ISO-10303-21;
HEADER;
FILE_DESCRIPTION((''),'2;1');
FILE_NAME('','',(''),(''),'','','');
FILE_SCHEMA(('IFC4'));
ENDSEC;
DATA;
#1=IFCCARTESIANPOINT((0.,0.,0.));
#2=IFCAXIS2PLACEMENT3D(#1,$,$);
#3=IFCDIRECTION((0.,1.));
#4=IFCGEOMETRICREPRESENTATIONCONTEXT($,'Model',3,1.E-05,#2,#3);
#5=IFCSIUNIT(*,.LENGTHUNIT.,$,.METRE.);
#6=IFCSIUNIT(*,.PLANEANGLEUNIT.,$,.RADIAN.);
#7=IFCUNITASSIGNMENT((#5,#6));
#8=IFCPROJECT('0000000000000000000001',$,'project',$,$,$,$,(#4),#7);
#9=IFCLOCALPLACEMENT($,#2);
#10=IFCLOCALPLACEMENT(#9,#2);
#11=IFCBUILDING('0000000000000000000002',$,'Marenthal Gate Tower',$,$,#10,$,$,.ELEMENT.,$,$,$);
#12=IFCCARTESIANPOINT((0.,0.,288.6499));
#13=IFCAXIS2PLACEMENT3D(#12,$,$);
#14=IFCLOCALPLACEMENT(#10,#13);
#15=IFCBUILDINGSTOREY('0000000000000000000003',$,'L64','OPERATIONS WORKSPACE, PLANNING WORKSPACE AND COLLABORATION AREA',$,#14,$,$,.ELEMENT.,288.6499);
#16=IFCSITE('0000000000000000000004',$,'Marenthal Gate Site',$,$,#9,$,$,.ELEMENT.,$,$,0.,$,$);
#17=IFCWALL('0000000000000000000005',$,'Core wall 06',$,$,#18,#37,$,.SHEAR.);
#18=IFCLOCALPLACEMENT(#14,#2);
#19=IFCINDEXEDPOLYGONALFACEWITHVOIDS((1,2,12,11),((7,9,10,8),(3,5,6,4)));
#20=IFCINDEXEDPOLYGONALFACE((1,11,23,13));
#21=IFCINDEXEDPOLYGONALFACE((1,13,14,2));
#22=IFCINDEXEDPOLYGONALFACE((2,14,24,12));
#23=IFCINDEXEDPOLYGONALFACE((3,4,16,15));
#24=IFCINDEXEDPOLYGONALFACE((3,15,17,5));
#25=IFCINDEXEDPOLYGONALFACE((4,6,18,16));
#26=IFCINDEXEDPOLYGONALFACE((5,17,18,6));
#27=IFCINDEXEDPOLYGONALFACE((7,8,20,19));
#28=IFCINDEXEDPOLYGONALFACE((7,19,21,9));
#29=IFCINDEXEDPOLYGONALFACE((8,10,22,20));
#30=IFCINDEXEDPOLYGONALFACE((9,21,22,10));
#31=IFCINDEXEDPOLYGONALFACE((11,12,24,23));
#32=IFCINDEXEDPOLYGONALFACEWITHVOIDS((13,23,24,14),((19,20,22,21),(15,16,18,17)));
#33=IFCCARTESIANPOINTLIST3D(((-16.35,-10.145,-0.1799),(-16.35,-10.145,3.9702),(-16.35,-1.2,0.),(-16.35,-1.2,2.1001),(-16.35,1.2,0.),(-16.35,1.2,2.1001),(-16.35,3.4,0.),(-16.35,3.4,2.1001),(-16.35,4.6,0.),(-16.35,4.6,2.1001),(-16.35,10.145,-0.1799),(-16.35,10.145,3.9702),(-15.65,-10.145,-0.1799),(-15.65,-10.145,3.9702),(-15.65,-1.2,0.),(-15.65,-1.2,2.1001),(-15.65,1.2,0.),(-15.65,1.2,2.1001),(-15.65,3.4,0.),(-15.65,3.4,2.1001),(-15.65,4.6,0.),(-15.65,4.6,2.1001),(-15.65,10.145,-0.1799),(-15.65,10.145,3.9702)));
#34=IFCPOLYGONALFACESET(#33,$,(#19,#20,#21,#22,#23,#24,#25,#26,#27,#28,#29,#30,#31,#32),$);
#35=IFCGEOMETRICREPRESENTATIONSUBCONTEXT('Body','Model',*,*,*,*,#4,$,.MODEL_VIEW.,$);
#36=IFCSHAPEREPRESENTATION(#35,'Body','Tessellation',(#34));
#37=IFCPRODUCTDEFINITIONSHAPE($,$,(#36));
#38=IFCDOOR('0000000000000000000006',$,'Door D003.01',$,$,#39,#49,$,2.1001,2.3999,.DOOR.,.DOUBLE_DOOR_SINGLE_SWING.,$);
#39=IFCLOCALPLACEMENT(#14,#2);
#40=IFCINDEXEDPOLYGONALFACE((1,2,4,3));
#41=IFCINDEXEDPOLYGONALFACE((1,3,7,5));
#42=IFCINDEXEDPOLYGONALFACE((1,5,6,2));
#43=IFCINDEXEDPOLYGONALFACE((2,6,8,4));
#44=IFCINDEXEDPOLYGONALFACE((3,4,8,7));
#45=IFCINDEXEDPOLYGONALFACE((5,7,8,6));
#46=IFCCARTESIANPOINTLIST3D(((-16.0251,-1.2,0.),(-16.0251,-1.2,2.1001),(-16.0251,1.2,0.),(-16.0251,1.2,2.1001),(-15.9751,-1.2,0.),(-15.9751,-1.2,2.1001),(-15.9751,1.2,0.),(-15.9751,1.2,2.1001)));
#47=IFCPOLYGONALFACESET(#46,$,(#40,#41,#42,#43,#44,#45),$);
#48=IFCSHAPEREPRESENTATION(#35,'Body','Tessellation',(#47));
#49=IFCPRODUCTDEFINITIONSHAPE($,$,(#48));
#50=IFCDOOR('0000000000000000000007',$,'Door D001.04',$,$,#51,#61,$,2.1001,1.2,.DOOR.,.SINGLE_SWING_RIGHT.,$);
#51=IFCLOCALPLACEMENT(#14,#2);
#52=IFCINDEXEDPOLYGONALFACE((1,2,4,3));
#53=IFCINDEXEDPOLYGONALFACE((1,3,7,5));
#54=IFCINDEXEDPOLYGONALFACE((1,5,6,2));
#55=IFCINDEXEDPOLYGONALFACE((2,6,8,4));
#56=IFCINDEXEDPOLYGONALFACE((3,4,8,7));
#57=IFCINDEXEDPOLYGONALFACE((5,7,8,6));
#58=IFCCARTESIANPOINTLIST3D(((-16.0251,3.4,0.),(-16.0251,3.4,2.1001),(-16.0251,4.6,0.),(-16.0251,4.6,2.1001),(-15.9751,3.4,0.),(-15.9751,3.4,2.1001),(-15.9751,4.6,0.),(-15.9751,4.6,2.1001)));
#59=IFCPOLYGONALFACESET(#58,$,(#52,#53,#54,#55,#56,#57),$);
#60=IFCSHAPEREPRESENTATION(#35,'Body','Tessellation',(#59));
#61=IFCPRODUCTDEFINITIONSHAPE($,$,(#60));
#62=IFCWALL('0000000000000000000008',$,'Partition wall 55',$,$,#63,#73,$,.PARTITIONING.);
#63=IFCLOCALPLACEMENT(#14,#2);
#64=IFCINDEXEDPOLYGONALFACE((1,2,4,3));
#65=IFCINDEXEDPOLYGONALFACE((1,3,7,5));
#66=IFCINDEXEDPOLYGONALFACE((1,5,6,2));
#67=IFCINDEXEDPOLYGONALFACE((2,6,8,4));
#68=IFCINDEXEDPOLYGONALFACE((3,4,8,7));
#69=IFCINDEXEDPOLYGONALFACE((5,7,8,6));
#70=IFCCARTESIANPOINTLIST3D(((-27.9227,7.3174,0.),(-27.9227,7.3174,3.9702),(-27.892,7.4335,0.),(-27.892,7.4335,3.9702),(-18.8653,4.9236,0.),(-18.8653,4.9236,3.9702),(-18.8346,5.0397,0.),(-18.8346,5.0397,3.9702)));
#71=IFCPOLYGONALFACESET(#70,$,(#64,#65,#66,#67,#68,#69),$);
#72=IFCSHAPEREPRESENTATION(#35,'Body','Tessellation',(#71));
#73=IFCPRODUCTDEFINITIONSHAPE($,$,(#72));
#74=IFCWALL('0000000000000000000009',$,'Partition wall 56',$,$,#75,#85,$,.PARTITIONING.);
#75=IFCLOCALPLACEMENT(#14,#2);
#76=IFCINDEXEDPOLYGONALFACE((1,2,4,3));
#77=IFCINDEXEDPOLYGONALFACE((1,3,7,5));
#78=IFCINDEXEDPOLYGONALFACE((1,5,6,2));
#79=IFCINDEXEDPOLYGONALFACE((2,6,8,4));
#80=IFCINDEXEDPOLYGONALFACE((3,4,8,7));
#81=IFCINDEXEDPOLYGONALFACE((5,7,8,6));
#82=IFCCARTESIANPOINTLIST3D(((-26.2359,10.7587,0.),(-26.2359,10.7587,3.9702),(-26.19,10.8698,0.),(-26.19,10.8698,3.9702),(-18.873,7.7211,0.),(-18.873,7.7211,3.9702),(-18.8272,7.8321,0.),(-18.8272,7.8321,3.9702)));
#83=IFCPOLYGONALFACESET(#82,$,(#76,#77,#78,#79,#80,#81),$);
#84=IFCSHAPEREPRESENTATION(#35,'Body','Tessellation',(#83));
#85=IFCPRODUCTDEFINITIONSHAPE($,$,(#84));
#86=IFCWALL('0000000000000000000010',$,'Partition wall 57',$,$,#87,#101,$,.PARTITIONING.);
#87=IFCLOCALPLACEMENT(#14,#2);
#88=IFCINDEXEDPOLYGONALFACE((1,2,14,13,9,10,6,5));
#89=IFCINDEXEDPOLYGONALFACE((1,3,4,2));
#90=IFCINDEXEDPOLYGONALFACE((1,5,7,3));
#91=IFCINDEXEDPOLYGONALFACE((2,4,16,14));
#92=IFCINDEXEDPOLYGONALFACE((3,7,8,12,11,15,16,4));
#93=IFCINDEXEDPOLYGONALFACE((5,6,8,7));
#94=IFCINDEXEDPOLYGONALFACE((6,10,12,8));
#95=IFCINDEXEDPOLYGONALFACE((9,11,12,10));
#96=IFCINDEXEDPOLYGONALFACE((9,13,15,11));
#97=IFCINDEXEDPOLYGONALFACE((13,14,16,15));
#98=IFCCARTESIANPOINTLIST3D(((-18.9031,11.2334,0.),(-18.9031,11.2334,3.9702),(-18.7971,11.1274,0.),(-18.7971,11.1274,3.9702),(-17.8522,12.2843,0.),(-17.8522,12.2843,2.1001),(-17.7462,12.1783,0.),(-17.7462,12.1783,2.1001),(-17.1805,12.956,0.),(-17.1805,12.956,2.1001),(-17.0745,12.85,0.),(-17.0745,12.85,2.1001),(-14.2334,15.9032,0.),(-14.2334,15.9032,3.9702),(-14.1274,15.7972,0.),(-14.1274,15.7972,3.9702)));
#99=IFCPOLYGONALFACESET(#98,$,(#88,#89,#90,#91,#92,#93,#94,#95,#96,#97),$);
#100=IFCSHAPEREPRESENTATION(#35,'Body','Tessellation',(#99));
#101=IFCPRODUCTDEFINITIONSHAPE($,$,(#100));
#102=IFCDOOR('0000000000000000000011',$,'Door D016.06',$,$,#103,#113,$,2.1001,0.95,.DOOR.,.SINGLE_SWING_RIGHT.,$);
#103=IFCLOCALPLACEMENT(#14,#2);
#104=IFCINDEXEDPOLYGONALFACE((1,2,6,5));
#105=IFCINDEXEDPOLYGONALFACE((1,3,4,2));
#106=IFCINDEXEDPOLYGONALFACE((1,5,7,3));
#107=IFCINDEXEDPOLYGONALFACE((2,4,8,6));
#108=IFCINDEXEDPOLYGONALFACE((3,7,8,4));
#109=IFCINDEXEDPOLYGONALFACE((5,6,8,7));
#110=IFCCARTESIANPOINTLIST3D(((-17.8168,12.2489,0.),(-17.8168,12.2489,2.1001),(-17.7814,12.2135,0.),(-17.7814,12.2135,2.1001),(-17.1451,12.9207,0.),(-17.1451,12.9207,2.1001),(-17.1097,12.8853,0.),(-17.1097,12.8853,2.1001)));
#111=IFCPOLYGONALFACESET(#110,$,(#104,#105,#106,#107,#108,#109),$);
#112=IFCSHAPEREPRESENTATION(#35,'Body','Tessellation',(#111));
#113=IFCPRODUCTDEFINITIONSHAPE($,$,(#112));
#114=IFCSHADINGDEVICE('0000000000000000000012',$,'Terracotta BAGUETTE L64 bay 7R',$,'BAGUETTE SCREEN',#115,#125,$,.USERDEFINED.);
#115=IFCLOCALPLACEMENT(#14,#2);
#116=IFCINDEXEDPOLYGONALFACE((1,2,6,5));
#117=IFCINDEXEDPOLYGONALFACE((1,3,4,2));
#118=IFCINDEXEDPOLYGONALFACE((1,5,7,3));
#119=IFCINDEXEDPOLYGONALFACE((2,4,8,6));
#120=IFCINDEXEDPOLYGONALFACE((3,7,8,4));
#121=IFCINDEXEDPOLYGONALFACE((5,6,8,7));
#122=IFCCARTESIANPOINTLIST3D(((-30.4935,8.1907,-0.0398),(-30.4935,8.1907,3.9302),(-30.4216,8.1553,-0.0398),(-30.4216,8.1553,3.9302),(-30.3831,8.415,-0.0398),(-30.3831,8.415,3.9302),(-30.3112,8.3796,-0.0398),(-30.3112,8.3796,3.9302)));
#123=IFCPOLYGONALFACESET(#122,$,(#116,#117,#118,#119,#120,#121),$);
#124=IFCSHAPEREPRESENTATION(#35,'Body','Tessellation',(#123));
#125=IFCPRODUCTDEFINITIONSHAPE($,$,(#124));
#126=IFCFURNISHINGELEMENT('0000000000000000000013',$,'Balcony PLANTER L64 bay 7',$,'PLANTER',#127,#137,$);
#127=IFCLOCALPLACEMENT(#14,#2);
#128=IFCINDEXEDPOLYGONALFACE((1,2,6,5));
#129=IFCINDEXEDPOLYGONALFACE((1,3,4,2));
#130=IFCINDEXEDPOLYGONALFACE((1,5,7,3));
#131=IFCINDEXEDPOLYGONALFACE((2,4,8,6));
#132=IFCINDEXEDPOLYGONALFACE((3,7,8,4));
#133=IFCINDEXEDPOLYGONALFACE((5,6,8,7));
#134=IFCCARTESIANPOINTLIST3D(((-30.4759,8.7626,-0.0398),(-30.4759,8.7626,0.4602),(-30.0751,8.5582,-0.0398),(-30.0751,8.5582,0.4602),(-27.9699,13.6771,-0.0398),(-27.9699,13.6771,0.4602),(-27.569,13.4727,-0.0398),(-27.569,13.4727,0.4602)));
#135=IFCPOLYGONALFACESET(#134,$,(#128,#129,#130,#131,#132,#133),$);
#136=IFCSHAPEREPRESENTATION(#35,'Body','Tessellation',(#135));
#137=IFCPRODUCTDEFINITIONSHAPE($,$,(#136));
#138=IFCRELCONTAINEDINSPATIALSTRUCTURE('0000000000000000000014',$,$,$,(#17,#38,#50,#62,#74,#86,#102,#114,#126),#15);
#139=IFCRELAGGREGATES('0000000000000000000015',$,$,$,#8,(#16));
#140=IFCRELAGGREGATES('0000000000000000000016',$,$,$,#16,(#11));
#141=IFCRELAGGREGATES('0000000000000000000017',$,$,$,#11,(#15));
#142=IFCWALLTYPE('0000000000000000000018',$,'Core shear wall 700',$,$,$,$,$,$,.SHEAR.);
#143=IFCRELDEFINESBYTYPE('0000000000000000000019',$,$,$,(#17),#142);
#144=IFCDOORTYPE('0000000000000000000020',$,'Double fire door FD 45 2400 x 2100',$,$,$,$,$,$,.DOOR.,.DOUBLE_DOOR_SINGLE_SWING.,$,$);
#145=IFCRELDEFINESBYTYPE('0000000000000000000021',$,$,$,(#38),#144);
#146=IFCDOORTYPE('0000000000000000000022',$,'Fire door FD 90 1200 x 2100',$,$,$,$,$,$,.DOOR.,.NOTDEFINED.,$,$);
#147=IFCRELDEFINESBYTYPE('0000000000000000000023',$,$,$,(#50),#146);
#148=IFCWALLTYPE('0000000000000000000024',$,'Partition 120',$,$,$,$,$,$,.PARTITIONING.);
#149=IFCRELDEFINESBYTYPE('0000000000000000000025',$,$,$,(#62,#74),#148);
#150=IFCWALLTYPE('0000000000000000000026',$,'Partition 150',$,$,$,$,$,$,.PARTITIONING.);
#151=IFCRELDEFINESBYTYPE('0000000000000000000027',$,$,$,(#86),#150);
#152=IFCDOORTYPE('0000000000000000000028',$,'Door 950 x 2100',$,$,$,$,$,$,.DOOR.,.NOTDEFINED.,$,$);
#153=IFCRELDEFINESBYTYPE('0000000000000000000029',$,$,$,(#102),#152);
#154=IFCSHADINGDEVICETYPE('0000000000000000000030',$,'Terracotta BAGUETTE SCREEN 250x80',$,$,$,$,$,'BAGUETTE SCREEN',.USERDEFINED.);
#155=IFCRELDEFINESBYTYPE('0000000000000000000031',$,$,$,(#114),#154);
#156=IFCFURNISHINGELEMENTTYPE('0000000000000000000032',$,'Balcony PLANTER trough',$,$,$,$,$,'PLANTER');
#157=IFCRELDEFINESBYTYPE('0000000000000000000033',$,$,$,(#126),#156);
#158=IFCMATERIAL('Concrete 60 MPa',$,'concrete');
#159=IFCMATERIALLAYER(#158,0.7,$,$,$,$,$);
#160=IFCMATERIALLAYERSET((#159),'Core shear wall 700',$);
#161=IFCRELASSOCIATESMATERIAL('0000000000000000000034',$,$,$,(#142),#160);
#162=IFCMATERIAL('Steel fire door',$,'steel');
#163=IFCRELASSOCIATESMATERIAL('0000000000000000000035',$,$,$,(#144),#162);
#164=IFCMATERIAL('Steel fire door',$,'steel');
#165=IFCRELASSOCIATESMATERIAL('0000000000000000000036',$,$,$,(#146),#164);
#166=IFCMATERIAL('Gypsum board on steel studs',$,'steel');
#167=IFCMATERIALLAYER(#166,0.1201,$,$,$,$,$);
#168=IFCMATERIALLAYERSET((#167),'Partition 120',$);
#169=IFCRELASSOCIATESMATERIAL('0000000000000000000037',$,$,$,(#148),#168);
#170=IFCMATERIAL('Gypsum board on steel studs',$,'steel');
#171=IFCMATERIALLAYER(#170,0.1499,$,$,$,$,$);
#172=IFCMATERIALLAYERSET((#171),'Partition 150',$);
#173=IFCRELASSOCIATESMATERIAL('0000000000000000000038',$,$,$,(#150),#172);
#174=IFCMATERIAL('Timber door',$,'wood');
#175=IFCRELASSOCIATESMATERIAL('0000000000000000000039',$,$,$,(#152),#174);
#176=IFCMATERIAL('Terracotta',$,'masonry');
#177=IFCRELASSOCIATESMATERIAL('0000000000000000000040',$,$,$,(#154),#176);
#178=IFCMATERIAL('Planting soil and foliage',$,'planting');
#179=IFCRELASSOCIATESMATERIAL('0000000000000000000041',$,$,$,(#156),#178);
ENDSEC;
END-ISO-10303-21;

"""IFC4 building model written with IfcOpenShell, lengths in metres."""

from ifc_helpers import new_model, si_unit, direction, frame, frame_2d, origin, origin_2d, place, context, subcontext, project, spatial, rectangle, extrude, material, layer, layer_set, material_profile, profile_set, type_object, element, fill, save


model = new_model("IFC4")

# Units and contexts
model_context = context("Model", 3, precision=1e-05, world=origin(), true_north=direction((0.0, 1.0)))
body_context = subcontext(model_context, "Body", "Model", "MODEL_VIEW")
ifc_project = project(units=[si_unit("LENGTHUNIT", "METRE"), si_unit("PLANEANGLEUNIT", "RADIAN")], contexts=[model_context])

# Site, building, storey
site_placement = place(None, origin())
site = spatial("IfcSite", under=ifc_project, at=site_placement, Name="Marenthal Gate Site", CompositionType="ELEMENT", RefElevation=0.0)
building_placement = place(site_placement, origin())
building = spatial("IfcBuilding", under=site, at=building_placement, Name="Marenthal Gate Tower", CompositionType="ELEMENT")
storey_placement = place(building_placement, frame((0.0, 0.0, 288.6499)))
storey = spatial("IfcBuildingStorey", under=building, at=storey_placement, Name="L64", Description="OPERATIONS WORKSPACE, PLANNING WORKSPACE AND COLLABORATION AREA", CompositionType="ELEMENT", Elevation=288.6499)

# Wall, openings, doors
ifc_material_1 = material(Name="Concrete 60 MPa", Category="concrete")
ifc_layer_1 = layer(ifc_material_1, 0.7)
ifc_layer_set_1 = layer_set([ifc_layer_1], Name="Core shear wall 700")
wall_type_1 = type_object("IfcWallType", Name="Core shear wall 700", PredefinedType="SHEAR", material=ifc_layer_set_1)
wall_1_placement = place(storey_placement, frame((-16.0, 10.145, -0.1799), z_axis=(0.0, 0.0, 1.0), x_axis=(0.0, -1.0, 0.0)))
wall_1 = element("IfcWall", 1, at=wall_1_placement, inside=storey, type_object=wall_type_1, Name="Core wall 06", PredefinedType="SHEAR", context=body_context, shape_type="SweptSolid", body=[
    extrude(rectangle(XDim=20.29, YDim=0.7, at=frame_2d((10.145, 0.0))), origin(), (0.0, 0.0, 1.0), 4.1501),
])
opening_1_placement = place(wall_1_placement, frame((8.9451, 0.0, 0.1799)))
opening_1 = element("IfcOpeningElement", 2, at=opening_1_placement, cuts=wall_1, PredefinedType="OPENING", context=body_context, shape_type="SweptSolid", body=[
    extrude(rectangle(XDim=2.3999, YDim=2.1001, at=frame_2d((1.2, 1.05))), frame((0.0, 0.3599, 0.0), z_axis=(0.0, -1.0, 0.0), x_axis=(1.0, 0.0, 0.0)), (0.0, 0.0, 1.0), 0.72),
])
opening_2_placement = place(wall_1_placement, frame((5.5449, 0.0, 0.1799)))
opening_2 = element("IfcOpeningElement", 3, at=opening_2_placement, cuts=wall_1, PredefinedType="OPENING", context=body_context, shape_type="SweptSolid", body=[
    extrude(rectangle(XDim=1.2, YDim=2.1001, at=frame_2d((0.6001, 1.05))), frame((0.0, 0.3599, 0.0), z_axis=(0.0, -1.0, 0.0), x_axis=(1.0, 0.0, 0.0)), (0.0, 0.0, 1.0), 0.72),
])
ifc_material_2 = material(Name="Steel fire door", Category="steel")
door_type_1 = type_object("IfcDoorType", Name="Double fire door FD 45 2400 x 2100", OperationType="DOUBLE_DOOR_SINGLE_SWING", PredefinedType="DOOR", material=ifc_material_2)
door_1_placement = place(opening_1_placement, origin())
door_1 = element("IfcDoor", 4, at=door_1_placement, inside=storey, type_object=door_type_1, Name="Door D003.01", OperationType="DOUBLE_DOOR_SINGLE_SWING", OverallHeight=2.1001, OverallWidth=2.3999, PredefinedType="DOOR", context=body_context, shape_type="SweptSolid", body=[
    extrude(rectangle(XDim=2.3999, YDim=2.1001, at=frame_2d((1.2, 1.05))), frame((0.0, 0.0249, 0.0), z_axis=(0.0, -1.0, 0.0), x_axis=(1.0, 0.0, 0.0)), (0.0, 0.0, 1.0), 0.05),
])
fill(opening_1, door_1)
ifc_material_3 = material(Name="Steel fire door", Category="steel")
door_type_2 = type_object("IfcDoorType", Name="Fire door FD 90 1200 x 2100", OperationType="NOTDEFINED", PredefinedType="DOOR", material=ifc_material_3)
door_2_placement = place(opening_2_placement, origin())
door_2 = element("IfcDoor", 5, at=door_2_placement, inside=storey, type_object=door_type_2, Name="Door D001.04", OperationType="SINGLE_SWING_RIGHT", OverallHeight=2.1001, OverallWidth=1.2, PredefinedType="DOOR", context=body_context, shape_type="SweptSolid", body=[
    extrude(rectangle(XDim=1.2, YDim=2.1001, at=frame_2d((0.6001, 1.05))), frame((0.0, 0.0249, 0.0), z_axis=(0.0, -1.0, 0.0), x_axis=(1.0, 0.0, 0.0)), (0.0, 0.0, 1.0), 0.05),
])
fill(opening_2, door_2)

# Walls
ifc_material_4 = material(Name="Gypsum board on steel studs", Category="steel")
ifc_layer_2 = layer(ifc_material_4, 0.1201)
ifc_layer_set_2 = layer_set([ifc_layer_2], Name="Partition 120")
wall_type_2 = type_object("IfcWallType", Name="Partition 120", PredefinedType="PARTITIONING", material=ifc_layer_set_2)
wall_2_placement = place(storey_placement, frame((-18.8501, 4.9817, 0.0), z_axis=(0.0, 0.0, 1.0), x_axis=(-0.966804, 0.255519, 0.0)))
element("IfcWall", 6, at=wall_2_placement, inside=storey, type_object=wall_type_2, Name="Partition wall 55", PredefinedType="PARTITIONING", context=body_context, shape_type="SweptSolid", body=[
    extrude(rectangle(XDim=9.3684, YDim=0.1201, at=frame_2d((4.6841, 0.0))), origin(), (0.0, 0.0, 1.0), 3.9702),
])
wall_3_placement = place(storey_placement, frame((-18.8501, 7.7766, 0.0), z_axis=(0.0, 0.0, 1.0), x_axis=(-0.924419, 0.381379, 0.0)))
element("IfcWall", 7, at=wall_3_placement, inside=storey, type_object=wall_type_2, Name="Partition wall 56", PredefinedType="PARTITIONING", context=body_context, shape_type="SweptSolid", body=[
    extrude(rectangle(XDim=7.9648, YDim=0.1201, at=frame_2d((3.9824, 0.0))), origin(), (0.0, 0.0, 1.0), 3.9702),
])

# Wall, opening, door
ifc_material_5 = material(Name="Gypsum board on steel studs", Category="steel")
ifc_layer_3 = layer(ifc_material_5, 0.1499)
ifc_layer_set_3 = layer_set([ifc_layer_3], Name="Partition 150")
wall_type_3 = type_object("IfcWallType", Name="Partition 150", PredefinedType="PARTITIONING", material=ifc_layer_set_3)
wall_4_placement = place(storey_placement, frame((-18.8501, 11.1804, 0.0), z_axis=(0.0, 0.0, 1.0), x_axis=(0.707107, 0.707107, 0.0)))
wall_4 = element("IfcWall", 8, at=wall_4_placement, inside=storey, type_object=wall_type_3, Name="Partition wall 57", PredefinedType="PARTITIONING", context=body_context, shape_type="SweptSolid", body=[
    extrude(rectangle(XDim=6.604, YDim=0.1499, at=frame_2d((3.302, 0.0))), origin(), (0.0, 0.0, 1.0), 3.9702),
])
opening_3_placement = place(wall_4_placement, frame((1.4861, 0.0, 0.0)))
opening_3 = element("IfcOpeningElement", 9, at=opening_3_placement, cuts=wall_4, PredefinedType="OPENING", context=body_context, shape_type="SweptSolid", body=[
    extrude(rectangle(XDim=0.95, YDim=2.1001, at=frame_2d((0.4751, 1.05))), frame((0.0, 0.085, 0.0), z_axis=(0.0, -1.0, 0.0), x_axis=(1.0, 0.0, 0.0)), (0.0, 0.0, 1.0), 0.1699),
])
ifc_material_6 = material(Name="Timber door", Category="wood")
door_type_3 = type_object("IfcDoorType", Name="Door 950 x 2100", OperationType="NOTDEFINED", PredefinedType="DOOR", material=ifc_material_6)
door_3_placement = place(opening_3_placement, origin())
door_3 = element("IfcDoor", 10, at=door_3_placement, inside=storey, type_object=door_type_3, Name="Door D016.06", OperationType="SINGLE_SWING_RIGHT", OverallHeight=2.1001, OverallWidth=0.95, PredefinedType="DOOR", context=body_context, shape_type="SweptSolid", body=[
    extrude(rectangle(XDim=0.95, YDim=2.1001, at=frame_2d((0.4751, 1.05))), frame((0.0, 0.0249, 0.0), z_axis=(0.0, -1.0, 0.0), x_axis=(1.0, 0.0, 0.0)), (0.0, 0.0, 1.0), 0.05),
])
fill(opening_3, door_3)

# Shading device
ifc_material_7 = material(Name="Terracotta", Category="masonry")
ifc_material_profile_1 = material_profile(ifc_material_7, rectangle(XDim=0.25, YDim=0.0801, at=origin_2d()), Name="Terracotta baguette 250x80")
ifc_profile_set_1 = profile_set([ifc_material_profile_1], Name="Terracotta")
shading_device_type = type_object("IfcShadingDeviceType", Name="Terracotta BAGUETTE SCREEN 250x80", ElementType="BAGUETTE SCREEN", PredefinedType="USERDEFINED", material=ifc_profile_set_1)
shading_device_placement = place(storey_placement, frame((-30.4023, 8.2852, -0.0398), z_axis=(0.0, 0.0, 1.0), x_axis=(-0.441711, -0.897157, 0.0)))
element("IfcShadingDevice", 11, at=shading_device_placement, inside=storey, type_object=shading_device_type, Name="Terracotta BAGUETTE L64 bay 7R", ObjectType="BAGUETTE SCREEN", PredefinedType="USERDEFINED", context=body_context, shape_type="SweptSolid", body=[
    extrude(rectangle(XDim=0.25, YDim=0.0801, at=origin_2d()), origin(), (0.0, 0.0, 1.0), 3.97),
])

# Furnishing element
ifc_material_8 = material(Name="Planting soil and foliage", Category="planting")
furnishing_element_type = type_object("IfcFurnishingElementType", Name="Balcony PLANTER trough", ElementType="PLANTER", material=ifc_material_8)
furnishing_placement = place(storey_placement, frame((-29.0225, 11.1177, -0.0398), z_axis=(0.0, 0.0, 1.0), x_axis=(-0.454273, -0.890862, 0.0)))
element("IfcFurnishingElement", 12, at=furnishing_placement, inside=storey, type_object=furnishing_element_type, Name="Balcony PLANTER L64 bay 7", ObjectType="PLANTER", context=body_context, shape_type="SweptSolid", body=[
    extrude(rectangle(XDim=5.5166, YDim=0.45, at=origin_2d()), origin(), (0.0, 0.0, 1.0), 0.5),
])

save(model, "model.ifc")
